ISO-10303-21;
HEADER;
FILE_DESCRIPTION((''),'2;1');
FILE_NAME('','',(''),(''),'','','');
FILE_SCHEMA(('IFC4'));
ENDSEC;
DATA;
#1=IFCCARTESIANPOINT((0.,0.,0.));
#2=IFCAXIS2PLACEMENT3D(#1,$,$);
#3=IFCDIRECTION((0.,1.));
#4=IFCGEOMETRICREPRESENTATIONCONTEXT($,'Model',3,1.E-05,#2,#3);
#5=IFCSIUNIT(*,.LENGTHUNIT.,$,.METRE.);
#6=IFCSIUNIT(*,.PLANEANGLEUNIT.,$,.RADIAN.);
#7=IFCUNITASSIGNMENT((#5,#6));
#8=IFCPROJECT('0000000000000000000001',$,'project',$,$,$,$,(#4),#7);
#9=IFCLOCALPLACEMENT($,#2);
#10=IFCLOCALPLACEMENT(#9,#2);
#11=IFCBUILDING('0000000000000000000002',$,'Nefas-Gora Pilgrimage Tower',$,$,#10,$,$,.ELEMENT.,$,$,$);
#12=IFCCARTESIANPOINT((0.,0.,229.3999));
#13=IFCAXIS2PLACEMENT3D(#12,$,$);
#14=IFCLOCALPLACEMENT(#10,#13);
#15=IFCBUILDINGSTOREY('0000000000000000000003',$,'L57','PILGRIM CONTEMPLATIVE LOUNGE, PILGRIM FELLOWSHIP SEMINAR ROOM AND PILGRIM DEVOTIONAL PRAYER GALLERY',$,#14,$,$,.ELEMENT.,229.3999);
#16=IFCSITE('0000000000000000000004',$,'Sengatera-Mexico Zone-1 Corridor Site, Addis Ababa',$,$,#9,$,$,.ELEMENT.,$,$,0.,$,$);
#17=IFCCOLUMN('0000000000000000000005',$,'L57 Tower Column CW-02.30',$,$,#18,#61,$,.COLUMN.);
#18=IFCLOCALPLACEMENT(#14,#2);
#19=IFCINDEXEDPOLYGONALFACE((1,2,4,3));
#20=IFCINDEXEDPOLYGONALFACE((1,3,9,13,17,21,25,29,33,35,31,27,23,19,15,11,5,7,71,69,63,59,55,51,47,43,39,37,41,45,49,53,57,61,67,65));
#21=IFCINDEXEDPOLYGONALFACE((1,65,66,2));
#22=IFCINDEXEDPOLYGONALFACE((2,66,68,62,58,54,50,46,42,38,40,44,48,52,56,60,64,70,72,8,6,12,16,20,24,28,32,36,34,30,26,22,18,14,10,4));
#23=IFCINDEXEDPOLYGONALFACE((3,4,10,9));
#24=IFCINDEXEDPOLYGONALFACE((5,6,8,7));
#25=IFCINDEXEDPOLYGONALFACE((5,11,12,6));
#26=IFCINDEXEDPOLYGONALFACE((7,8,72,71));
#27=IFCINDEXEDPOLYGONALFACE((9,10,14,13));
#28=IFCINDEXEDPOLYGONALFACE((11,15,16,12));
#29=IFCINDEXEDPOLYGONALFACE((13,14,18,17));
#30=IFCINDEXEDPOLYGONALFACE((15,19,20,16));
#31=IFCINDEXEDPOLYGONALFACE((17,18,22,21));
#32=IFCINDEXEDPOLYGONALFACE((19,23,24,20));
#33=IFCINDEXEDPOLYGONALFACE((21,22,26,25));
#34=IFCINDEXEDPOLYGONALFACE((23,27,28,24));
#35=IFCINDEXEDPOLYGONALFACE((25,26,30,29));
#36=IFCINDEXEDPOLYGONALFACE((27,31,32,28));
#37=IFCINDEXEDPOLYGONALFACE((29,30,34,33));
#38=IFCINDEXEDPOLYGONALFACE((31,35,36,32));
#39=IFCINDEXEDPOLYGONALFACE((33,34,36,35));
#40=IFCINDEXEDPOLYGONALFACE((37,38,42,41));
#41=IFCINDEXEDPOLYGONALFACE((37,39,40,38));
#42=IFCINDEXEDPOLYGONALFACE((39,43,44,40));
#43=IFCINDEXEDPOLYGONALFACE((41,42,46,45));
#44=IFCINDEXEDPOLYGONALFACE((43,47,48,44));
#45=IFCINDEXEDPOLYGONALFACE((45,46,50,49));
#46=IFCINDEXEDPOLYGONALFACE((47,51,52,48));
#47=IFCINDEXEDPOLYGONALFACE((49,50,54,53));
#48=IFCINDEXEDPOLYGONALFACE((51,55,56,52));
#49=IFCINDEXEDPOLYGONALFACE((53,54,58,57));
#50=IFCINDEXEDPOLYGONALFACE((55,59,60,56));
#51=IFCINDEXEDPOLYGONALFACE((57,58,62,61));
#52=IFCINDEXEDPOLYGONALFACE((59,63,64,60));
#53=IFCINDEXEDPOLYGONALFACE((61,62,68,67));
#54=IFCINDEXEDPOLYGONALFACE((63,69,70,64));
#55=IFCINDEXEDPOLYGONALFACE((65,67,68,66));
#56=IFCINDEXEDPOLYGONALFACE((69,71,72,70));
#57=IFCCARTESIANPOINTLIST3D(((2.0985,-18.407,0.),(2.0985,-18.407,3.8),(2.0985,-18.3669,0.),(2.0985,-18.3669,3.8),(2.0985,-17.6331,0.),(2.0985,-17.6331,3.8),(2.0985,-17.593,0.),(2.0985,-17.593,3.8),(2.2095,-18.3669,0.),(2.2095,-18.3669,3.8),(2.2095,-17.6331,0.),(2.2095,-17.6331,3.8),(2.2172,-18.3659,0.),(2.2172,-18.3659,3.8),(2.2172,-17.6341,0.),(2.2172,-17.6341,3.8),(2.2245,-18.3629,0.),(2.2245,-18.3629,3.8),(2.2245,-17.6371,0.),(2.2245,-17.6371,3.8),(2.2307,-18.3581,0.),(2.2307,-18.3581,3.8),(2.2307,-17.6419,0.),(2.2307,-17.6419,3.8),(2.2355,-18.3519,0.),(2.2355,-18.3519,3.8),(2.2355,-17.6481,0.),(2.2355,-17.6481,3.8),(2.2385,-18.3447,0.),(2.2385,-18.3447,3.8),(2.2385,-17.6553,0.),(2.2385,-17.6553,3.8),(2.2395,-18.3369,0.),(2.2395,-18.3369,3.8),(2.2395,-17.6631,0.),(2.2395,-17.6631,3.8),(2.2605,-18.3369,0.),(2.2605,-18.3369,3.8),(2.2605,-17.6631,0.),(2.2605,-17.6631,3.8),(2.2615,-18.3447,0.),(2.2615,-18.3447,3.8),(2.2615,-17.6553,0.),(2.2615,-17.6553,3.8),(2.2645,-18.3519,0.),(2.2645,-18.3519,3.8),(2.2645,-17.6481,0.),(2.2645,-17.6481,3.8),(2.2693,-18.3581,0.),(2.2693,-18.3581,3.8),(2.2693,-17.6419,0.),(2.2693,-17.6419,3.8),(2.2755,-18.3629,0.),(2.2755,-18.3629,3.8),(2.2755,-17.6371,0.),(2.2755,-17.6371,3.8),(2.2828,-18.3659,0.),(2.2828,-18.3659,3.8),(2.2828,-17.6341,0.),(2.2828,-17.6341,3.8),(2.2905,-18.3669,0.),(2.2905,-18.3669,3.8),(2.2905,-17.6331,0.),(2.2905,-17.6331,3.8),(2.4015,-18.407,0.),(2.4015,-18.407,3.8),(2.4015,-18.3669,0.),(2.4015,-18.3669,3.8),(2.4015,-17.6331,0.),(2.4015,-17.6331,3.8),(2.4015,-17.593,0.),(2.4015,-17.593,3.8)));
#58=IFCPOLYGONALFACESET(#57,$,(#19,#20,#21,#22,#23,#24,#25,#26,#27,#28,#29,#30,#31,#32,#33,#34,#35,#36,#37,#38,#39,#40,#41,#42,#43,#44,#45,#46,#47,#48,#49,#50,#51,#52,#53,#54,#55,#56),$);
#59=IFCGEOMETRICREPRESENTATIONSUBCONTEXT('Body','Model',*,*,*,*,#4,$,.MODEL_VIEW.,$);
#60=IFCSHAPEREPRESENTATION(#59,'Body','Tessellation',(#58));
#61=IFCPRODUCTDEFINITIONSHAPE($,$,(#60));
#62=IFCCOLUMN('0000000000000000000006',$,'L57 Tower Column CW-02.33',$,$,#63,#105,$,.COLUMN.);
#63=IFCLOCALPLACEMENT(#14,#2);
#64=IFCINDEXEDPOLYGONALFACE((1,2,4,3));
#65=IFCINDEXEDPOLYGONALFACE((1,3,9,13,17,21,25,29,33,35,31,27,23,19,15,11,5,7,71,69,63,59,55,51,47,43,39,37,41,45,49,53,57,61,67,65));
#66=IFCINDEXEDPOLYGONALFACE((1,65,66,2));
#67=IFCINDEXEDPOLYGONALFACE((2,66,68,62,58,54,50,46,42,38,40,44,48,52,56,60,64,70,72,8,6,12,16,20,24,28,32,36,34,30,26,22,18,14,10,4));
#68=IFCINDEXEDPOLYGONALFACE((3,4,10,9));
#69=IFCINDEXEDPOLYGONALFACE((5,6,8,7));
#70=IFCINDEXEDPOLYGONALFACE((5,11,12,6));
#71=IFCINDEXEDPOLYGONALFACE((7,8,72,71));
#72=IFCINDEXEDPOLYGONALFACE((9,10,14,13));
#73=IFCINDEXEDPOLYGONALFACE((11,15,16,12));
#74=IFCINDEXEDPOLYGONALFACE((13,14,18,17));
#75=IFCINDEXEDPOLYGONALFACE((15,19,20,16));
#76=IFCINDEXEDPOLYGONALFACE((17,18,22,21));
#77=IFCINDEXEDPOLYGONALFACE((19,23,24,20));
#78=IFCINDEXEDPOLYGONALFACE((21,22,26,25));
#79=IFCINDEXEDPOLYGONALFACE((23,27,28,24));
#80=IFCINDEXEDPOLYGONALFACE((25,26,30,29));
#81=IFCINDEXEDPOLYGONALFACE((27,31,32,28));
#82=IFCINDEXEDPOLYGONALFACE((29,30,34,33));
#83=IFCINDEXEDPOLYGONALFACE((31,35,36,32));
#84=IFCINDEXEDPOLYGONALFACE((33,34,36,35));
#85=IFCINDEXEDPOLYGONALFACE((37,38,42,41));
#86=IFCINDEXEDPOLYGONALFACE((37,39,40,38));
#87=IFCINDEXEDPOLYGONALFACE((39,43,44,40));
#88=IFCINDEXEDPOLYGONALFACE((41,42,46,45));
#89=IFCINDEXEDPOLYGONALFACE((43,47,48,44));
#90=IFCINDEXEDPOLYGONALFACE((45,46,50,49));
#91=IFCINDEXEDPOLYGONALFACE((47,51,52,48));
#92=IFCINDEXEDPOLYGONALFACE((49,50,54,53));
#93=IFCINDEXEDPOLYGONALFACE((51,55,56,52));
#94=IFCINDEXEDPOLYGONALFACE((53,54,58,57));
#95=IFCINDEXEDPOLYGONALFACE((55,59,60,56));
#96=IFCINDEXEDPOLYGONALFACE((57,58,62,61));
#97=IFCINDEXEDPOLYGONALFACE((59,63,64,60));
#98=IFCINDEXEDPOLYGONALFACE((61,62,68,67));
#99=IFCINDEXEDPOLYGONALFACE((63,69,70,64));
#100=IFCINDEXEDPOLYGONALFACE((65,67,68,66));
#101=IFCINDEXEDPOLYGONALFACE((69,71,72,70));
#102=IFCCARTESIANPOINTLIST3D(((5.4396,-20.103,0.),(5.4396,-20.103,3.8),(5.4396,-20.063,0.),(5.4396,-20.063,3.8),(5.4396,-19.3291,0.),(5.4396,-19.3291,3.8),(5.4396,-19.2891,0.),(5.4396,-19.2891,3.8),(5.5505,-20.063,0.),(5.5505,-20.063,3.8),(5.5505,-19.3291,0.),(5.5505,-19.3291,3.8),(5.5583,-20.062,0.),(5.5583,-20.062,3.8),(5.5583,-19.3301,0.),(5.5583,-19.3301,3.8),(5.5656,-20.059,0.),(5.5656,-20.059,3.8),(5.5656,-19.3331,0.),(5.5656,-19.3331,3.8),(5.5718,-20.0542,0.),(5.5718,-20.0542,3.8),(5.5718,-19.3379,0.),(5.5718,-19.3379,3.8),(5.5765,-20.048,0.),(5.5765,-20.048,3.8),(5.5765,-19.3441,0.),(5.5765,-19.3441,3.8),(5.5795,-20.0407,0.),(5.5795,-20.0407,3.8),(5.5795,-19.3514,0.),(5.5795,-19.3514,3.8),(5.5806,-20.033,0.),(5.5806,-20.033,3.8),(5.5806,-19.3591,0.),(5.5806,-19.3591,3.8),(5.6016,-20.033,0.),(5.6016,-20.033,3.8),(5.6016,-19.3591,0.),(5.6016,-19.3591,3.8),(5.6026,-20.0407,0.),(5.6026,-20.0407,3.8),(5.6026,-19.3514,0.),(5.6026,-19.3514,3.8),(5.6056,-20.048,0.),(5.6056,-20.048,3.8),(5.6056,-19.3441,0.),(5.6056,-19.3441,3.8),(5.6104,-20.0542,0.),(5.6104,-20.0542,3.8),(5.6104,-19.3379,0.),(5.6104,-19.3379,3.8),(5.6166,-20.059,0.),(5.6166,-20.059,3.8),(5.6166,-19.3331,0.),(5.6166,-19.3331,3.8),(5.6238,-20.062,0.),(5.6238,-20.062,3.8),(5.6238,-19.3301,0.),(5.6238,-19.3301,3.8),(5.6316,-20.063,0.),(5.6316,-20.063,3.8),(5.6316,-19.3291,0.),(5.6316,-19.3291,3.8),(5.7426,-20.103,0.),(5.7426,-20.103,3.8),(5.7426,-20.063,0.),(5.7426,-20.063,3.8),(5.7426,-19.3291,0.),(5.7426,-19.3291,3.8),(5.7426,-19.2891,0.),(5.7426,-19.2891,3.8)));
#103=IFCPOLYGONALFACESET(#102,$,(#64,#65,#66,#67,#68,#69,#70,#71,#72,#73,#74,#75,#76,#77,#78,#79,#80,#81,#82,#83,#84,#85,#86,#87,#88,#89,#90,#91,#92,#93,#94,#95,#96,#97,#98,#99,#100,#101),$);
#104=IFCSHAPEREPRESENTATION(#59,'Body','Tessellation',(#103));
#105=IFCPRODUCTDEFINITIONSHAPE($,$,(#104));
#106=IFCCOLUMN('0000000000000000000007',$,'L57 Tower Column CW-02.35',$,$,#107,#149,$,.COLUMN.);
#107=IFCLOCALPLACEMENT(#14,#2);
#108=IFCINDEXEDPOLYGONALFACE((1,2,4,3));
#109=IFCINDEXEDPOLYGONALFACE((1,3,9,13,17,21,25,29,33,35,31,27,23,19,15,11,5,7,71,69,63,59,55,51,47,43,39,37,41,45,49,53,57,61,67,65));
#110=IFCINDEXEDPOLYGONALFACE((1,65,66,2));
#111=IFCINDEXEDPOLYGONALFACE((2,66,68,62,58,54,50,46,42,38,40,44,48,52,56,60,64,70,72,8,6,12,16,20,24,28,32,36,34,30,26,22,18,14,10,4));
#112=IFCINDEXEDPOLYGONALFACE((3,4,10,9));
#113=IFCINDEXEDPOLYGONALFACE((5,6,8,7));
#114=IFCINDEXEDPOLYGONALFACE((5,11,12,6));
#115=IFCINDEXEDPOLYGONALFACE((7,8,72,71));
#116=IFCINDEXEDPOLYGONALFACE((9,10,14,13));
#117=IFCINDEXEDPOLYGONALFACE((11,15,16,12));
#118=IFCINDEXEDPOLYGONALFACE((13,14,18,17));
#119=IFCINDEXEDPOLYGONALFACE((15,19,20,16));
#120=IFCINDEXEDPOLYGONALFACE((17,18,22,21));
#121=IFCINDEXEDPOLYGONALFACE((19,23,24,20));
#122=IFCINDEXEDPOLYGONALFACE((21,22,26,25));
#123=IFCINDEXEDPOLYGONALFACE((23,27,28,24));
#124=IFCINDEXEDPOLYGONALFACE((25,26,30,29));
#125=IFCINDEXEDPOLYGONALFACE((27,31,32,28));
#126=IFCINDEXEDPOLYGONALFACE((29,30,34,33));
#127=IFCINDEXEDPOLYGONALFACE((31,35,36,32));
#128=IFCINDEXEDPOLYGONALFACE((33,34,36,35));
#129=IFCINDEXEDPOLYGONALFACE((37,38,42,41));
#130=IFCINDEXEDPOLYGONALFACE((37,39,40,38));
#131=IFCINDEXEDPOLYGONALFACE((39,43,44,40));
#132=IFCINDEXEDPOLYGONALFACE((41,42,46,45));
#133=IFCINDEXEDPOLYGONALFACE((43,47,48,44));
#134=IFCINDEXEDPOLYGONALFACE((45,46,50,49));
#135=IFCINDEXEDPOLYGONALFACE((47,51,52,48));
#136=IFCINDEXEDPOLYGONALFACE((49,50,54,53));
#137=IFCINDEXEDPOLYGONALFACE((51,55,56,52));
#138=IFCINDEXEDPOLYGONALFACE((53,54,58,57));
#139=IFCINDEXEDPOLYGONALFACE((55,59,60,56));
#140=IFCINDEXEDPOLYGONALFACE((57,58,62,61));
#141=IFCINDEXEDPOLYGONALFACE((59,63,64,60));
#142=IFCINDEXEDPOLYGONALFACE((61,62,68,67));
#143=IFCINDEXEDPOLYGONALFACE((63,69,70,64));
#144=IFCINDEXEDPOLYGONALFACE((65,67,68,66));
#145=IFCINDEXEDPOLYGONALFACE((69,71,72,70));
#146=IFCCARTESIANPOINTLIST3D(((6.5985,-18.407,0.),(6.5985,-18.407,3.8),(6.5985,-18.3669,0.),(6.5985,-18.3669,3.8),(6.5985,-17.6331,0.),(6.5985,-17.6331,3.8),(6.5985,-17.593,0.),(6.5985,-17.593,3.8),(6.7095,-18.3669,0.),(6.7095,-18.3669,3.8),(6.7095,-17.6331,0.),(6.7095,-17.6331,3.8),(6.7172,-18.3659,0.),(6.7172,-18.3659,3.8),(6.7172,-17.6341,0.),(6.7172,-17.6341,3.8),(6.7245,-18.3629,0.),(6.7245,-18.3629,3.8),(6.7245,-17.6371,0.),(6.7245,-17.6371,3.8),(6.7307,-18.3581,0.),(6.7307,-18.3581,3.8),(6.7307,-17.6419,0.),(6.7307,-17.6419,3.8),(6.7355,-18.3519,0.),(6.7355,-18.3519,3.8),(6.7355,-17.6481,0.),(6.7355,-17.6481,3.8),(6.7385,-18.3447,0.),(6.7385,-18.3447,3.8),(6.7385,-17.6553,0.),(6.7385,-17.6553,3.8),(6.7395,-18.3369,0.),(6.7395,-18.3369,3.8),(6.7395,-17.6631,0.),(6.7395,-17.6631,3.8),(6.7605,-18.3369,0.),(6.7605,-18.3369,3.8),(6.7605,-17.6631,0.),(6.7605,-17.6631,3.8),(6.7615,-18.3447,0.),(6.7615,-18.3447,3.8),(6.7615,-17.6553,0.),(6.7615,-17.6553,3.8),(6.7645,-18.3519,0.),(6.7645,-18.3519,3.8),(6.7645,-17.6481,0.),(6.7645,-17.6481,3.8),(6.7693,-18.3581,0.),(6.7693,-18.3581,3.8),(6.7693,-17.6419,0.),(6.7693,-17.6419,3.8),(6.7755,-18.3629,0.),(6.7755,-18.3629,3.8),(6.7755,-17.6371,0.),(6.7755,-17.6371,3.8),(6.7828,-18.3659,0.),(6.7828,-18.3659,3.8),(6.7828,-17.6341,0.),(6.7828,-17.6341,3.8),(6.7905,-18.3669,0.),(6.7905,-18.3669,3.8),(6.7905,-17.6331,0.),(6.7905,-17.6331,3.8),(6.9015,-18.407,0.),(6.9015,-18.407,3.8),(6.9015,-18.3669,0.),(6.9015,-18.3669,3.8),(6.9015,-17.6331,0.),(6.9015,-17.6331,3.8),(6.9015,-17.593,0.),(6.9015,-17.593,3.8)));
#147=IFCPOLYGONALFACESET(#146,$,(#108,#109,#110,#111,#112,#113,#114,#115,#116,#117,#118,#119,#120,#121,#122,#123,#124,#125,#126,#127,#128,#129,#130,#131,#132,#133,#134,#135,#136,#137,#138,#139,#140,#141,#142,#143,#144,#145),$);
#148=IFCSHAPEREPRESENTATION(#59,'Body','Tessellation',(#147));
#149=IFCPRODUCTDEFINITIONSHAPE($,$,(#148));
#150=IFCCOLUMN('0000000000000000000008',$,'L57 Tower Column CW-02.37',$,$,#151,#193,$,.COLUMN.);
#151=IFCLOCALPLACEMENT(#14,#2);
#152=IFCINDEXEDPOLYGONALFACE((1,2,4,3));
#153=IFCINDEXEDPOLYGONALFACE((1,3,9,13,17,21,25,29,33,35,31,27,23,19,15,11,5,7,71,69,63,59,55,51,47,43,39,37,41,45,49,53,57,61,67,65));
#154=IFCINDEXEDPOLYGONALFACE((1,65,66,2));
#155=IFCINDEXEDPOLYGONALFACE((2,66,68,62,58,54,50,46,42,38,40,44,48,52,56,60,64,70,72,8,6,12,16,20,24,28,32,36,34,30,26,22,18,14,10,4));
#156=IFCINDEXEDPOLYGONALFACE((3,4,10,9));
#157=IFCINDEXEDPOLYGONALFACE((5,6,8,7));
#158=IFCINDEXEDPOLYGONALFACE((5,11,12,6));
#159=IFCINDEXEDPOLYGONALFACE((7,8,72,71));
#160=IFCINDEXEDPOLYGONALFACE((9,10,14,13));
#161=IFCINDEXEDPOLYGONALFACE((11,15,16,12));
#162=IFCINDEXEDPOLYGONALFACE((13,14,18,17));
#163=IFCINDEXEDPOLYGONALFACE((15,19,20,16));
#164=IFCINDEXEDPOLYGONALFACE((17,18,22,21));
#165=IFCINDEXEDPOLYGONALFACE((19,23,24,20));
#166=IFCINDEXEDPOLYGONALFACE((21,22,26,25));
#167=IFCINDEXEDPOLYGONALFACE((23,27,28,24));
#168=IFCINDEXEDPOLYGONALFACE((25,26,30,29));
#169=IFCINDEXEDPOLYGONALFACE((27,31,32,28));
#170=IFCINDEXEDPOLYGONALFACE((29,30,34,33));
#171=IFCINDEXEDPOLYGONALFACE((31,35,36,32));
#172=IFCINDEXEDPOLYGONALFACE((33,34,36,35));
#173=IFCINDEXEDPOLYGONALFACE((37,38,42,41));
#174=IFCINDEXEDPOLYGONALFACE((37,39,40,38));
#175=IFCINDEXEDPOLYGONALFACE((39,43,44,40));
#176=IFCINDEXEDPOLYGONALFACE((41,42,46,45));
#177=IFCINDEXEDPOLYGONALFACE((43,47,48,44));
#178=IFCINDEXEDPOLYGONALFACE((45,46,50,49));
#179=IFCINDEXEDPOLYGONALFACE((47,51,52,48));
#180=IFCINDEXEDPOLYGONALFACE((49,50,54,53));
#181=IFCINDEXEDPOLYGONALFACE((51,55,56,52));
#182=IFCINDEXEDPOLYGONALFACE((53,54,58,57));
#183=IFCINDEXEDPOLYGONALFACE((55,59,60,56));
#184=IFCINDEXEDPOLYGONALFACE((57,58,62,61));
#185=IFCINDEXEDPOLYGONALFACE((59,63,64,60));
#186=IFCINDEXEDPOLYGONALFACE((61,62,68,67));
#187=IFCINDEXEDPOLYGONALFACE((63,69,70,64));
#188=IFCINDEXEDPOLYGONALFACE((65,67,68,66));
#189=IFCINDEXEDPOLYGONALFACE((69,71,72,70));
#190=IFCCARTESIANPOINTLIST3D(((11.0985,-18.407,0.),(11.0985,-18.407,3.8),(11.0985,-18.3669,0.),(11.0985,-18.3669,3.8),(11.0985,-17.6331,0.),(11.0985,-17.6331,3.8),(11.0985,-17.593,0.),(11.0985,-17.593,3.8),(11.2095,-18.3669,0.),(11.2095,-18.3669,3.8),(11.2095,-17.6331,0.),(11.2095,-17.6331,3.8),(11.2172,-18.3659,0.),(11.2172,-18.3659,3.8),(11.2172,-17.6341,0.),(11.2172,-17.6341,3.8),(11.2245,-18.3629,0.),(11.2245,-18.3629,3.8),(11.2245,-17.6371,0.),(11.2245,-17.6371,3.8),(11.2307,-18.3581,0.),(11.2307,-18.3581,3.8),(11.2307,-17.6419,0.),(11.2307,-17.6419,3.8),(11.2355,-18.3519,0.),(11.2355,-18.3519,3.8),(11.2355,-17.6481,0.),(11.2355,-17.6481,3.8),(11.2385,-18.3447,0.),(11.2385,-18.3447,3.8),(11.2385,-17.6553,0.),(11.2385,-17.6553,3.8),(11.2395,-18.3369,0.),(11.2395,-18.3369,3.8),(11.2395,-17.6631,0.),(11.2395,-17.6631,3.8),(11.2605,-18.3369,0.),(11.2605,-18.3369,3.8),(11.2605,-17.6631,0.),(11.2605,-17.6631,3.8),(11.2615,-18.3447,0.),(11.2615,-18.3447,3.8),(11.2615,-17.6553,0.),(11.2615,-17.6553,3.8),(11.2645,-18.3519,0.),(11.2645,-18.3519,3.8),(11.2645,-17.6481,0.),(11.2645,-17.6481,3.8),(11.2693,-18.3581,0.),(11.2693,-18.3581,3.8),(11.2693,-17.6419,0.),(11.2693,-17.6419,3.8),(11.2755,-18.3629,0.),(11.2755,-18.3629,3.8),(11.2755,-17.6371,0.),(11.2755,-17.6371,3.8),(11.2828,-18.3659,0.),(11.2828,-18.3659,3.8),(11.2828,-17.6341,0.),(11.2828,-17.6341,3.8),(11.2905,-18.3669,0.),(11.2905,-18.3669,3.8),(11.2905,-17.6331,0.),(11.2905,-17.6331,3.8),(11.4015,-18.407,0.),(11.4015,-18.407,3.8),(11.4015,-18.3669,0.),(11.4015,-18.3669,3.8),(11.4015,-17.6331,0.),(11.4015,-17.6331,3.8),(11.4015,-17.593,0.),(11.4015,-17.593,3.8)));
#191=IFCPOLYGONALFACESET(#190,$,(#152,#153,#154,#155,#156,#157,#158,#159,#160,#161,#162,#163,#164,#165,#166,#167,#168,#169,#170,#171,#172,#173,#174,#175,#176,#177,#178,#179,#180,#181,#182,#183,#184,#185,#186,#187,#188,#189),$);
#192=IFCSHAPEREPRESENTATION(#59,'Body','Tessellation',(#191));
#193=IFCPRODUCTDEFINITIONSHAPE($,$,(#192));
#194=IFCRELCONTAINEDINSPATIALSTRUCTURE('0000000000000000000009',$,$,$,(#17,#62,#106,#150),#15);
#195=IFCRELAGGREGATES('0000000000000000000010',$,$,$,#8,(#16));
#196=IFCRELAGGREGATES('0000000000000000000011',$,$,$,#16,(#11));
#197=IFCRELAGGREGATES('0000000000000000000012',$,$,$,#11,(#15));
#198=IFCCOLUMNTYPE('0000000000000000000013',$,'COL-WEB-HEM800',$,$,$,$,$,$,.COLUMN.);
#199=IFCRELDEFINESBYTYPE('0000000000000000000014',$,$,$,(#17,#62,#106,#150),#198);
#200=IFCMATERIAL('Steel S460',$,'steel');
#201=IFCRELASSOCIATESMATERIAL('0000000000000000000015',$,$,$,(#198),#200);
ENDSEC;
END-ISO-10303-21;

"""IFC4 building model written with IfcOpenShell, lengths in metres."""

from ifc_helpers import new_model, si_unit, direction, frame, origin, origin_2d, place, context, subcontext, project, spatial, i_section, extrude, source, transform, mapped, material, material_profile, profile_set, type_object, element, save


model = new_model("IFC4")

# Units and contexts
model_context = context("Model", 3, precision=1e-05, world=origin(), true_north=direction((0.0, 1.0)))
body_context = subcontext(model_context, "Body", "Model", "MODEL_VIEW")
ifc_project = project(units=[si_unit("LENGTHUNIT", "METRE"), si_unit("PLANEANGLEUNIT", "RADIAN")], contexts=[model_context])

# Site, building, storey
site_placement = place(None, origin())
site = spatial("IfcSite", under=ifc_project, at=site_placement, Name="Sengatera-Mexico Zone-1 Corridor Site, Addis Ababa", CompositionType="ELEMENT", RefElevation=0.0)
building_placement = place(site_placement, origin())
building = spatial("IfcBuilding", under=site, at=building_placement, Name="Nefas-Gora Pilgrimage Tower", CompositionType="ELEMENT")
storey_placement = place(building_placement, frame((0.0, 0.0, 229.3999)))
storey = spatial("IfcBuildingStorey", under=building, at=storey_placement, Name="L57", Description="PILGRIM CONTEMPLATIVE LOUNGE, PILGRIM FELLOWSHIP SEMINAR ROOM AND PILGRIM DEVOTIONAL PRAYER GALLERY", CompositionType="ELEMENT", Elevation=229.3999)

# Columns
ifc_material_1 = material(Name="Steel S460", Category="steel")
ifc_material_profile_1 = material_profile(ifc_material_1, i_section(OverallWidth=0.303, OverallDepth=0.814, WebThickness=0.021, FlangeThickness=0.04, FilletRadius=0.03, at=origin_2d()), Name="HEM 800")
ifc_profile_set_1 = profile_set([ifc_material_profile_1], Name="Steel S460")
column_type_1 = type_object("IfcColumnType", Name="COL-WEB-HEM800", PredefinedType="COLUMN", material=ifc_profile_set_1)
shared_shape_1 = source(origin(), body_context, "Body", "SweptSolid", [
    extrude(i_section(OverallWidth=0.303, OverallDepth=0.814, WebThickness=0.021, FlangeThickness=0.04, FilletRadius=0.03, at=origin_2d()), origin(), (0.0, 0.0, 1.0), 3.8),
])
for number, where, z_axis, x_axis, name in (
    (1, (2.25, -18.0, 0.0), (0.0, 0.0, 1.0), (1.0, 0.0, 0.0), "L57 Tower Column CW-02.30"),
    (2, (5.5911, -19.696, 0.0), (0.0, 0.0, 1.0), (1.0, 0.0, 0.0), "L57 Tower Column CW-02.33"),
    (3, (6.75, -18.0, 0.0), (0.0, 0.0, 1.0), (1.0, 0.0, 0.0), "L57 Tower Column CW-02.35"),
    (4, (11.25, -18.0, 0.0), (0.0, 0.0, 1.0), (1.0, 0.0, 0.0), "L57 Tower Column CW-02.37"),
):
    element("IfcColumn", number, at=place(storey_placement, frame(where, z_axis=z_axis, x_axis=x_axis)), inside=storey, type_object=column_type_1, Name=name, PredefinedType="COLUMN", context=body_context, shape_type="MappedRepresentation", body=[
        mapped(shared_shape_1, transform((0.0, 0.0, 0.0), x_axis=(1.0, 0.0, 0.0), y_axis=(0.0, 1.0, 0.0), z_axis=(0.0, 0.0, 1.0), scale=1.0)),
    ])

save(model, "model.ifc")
